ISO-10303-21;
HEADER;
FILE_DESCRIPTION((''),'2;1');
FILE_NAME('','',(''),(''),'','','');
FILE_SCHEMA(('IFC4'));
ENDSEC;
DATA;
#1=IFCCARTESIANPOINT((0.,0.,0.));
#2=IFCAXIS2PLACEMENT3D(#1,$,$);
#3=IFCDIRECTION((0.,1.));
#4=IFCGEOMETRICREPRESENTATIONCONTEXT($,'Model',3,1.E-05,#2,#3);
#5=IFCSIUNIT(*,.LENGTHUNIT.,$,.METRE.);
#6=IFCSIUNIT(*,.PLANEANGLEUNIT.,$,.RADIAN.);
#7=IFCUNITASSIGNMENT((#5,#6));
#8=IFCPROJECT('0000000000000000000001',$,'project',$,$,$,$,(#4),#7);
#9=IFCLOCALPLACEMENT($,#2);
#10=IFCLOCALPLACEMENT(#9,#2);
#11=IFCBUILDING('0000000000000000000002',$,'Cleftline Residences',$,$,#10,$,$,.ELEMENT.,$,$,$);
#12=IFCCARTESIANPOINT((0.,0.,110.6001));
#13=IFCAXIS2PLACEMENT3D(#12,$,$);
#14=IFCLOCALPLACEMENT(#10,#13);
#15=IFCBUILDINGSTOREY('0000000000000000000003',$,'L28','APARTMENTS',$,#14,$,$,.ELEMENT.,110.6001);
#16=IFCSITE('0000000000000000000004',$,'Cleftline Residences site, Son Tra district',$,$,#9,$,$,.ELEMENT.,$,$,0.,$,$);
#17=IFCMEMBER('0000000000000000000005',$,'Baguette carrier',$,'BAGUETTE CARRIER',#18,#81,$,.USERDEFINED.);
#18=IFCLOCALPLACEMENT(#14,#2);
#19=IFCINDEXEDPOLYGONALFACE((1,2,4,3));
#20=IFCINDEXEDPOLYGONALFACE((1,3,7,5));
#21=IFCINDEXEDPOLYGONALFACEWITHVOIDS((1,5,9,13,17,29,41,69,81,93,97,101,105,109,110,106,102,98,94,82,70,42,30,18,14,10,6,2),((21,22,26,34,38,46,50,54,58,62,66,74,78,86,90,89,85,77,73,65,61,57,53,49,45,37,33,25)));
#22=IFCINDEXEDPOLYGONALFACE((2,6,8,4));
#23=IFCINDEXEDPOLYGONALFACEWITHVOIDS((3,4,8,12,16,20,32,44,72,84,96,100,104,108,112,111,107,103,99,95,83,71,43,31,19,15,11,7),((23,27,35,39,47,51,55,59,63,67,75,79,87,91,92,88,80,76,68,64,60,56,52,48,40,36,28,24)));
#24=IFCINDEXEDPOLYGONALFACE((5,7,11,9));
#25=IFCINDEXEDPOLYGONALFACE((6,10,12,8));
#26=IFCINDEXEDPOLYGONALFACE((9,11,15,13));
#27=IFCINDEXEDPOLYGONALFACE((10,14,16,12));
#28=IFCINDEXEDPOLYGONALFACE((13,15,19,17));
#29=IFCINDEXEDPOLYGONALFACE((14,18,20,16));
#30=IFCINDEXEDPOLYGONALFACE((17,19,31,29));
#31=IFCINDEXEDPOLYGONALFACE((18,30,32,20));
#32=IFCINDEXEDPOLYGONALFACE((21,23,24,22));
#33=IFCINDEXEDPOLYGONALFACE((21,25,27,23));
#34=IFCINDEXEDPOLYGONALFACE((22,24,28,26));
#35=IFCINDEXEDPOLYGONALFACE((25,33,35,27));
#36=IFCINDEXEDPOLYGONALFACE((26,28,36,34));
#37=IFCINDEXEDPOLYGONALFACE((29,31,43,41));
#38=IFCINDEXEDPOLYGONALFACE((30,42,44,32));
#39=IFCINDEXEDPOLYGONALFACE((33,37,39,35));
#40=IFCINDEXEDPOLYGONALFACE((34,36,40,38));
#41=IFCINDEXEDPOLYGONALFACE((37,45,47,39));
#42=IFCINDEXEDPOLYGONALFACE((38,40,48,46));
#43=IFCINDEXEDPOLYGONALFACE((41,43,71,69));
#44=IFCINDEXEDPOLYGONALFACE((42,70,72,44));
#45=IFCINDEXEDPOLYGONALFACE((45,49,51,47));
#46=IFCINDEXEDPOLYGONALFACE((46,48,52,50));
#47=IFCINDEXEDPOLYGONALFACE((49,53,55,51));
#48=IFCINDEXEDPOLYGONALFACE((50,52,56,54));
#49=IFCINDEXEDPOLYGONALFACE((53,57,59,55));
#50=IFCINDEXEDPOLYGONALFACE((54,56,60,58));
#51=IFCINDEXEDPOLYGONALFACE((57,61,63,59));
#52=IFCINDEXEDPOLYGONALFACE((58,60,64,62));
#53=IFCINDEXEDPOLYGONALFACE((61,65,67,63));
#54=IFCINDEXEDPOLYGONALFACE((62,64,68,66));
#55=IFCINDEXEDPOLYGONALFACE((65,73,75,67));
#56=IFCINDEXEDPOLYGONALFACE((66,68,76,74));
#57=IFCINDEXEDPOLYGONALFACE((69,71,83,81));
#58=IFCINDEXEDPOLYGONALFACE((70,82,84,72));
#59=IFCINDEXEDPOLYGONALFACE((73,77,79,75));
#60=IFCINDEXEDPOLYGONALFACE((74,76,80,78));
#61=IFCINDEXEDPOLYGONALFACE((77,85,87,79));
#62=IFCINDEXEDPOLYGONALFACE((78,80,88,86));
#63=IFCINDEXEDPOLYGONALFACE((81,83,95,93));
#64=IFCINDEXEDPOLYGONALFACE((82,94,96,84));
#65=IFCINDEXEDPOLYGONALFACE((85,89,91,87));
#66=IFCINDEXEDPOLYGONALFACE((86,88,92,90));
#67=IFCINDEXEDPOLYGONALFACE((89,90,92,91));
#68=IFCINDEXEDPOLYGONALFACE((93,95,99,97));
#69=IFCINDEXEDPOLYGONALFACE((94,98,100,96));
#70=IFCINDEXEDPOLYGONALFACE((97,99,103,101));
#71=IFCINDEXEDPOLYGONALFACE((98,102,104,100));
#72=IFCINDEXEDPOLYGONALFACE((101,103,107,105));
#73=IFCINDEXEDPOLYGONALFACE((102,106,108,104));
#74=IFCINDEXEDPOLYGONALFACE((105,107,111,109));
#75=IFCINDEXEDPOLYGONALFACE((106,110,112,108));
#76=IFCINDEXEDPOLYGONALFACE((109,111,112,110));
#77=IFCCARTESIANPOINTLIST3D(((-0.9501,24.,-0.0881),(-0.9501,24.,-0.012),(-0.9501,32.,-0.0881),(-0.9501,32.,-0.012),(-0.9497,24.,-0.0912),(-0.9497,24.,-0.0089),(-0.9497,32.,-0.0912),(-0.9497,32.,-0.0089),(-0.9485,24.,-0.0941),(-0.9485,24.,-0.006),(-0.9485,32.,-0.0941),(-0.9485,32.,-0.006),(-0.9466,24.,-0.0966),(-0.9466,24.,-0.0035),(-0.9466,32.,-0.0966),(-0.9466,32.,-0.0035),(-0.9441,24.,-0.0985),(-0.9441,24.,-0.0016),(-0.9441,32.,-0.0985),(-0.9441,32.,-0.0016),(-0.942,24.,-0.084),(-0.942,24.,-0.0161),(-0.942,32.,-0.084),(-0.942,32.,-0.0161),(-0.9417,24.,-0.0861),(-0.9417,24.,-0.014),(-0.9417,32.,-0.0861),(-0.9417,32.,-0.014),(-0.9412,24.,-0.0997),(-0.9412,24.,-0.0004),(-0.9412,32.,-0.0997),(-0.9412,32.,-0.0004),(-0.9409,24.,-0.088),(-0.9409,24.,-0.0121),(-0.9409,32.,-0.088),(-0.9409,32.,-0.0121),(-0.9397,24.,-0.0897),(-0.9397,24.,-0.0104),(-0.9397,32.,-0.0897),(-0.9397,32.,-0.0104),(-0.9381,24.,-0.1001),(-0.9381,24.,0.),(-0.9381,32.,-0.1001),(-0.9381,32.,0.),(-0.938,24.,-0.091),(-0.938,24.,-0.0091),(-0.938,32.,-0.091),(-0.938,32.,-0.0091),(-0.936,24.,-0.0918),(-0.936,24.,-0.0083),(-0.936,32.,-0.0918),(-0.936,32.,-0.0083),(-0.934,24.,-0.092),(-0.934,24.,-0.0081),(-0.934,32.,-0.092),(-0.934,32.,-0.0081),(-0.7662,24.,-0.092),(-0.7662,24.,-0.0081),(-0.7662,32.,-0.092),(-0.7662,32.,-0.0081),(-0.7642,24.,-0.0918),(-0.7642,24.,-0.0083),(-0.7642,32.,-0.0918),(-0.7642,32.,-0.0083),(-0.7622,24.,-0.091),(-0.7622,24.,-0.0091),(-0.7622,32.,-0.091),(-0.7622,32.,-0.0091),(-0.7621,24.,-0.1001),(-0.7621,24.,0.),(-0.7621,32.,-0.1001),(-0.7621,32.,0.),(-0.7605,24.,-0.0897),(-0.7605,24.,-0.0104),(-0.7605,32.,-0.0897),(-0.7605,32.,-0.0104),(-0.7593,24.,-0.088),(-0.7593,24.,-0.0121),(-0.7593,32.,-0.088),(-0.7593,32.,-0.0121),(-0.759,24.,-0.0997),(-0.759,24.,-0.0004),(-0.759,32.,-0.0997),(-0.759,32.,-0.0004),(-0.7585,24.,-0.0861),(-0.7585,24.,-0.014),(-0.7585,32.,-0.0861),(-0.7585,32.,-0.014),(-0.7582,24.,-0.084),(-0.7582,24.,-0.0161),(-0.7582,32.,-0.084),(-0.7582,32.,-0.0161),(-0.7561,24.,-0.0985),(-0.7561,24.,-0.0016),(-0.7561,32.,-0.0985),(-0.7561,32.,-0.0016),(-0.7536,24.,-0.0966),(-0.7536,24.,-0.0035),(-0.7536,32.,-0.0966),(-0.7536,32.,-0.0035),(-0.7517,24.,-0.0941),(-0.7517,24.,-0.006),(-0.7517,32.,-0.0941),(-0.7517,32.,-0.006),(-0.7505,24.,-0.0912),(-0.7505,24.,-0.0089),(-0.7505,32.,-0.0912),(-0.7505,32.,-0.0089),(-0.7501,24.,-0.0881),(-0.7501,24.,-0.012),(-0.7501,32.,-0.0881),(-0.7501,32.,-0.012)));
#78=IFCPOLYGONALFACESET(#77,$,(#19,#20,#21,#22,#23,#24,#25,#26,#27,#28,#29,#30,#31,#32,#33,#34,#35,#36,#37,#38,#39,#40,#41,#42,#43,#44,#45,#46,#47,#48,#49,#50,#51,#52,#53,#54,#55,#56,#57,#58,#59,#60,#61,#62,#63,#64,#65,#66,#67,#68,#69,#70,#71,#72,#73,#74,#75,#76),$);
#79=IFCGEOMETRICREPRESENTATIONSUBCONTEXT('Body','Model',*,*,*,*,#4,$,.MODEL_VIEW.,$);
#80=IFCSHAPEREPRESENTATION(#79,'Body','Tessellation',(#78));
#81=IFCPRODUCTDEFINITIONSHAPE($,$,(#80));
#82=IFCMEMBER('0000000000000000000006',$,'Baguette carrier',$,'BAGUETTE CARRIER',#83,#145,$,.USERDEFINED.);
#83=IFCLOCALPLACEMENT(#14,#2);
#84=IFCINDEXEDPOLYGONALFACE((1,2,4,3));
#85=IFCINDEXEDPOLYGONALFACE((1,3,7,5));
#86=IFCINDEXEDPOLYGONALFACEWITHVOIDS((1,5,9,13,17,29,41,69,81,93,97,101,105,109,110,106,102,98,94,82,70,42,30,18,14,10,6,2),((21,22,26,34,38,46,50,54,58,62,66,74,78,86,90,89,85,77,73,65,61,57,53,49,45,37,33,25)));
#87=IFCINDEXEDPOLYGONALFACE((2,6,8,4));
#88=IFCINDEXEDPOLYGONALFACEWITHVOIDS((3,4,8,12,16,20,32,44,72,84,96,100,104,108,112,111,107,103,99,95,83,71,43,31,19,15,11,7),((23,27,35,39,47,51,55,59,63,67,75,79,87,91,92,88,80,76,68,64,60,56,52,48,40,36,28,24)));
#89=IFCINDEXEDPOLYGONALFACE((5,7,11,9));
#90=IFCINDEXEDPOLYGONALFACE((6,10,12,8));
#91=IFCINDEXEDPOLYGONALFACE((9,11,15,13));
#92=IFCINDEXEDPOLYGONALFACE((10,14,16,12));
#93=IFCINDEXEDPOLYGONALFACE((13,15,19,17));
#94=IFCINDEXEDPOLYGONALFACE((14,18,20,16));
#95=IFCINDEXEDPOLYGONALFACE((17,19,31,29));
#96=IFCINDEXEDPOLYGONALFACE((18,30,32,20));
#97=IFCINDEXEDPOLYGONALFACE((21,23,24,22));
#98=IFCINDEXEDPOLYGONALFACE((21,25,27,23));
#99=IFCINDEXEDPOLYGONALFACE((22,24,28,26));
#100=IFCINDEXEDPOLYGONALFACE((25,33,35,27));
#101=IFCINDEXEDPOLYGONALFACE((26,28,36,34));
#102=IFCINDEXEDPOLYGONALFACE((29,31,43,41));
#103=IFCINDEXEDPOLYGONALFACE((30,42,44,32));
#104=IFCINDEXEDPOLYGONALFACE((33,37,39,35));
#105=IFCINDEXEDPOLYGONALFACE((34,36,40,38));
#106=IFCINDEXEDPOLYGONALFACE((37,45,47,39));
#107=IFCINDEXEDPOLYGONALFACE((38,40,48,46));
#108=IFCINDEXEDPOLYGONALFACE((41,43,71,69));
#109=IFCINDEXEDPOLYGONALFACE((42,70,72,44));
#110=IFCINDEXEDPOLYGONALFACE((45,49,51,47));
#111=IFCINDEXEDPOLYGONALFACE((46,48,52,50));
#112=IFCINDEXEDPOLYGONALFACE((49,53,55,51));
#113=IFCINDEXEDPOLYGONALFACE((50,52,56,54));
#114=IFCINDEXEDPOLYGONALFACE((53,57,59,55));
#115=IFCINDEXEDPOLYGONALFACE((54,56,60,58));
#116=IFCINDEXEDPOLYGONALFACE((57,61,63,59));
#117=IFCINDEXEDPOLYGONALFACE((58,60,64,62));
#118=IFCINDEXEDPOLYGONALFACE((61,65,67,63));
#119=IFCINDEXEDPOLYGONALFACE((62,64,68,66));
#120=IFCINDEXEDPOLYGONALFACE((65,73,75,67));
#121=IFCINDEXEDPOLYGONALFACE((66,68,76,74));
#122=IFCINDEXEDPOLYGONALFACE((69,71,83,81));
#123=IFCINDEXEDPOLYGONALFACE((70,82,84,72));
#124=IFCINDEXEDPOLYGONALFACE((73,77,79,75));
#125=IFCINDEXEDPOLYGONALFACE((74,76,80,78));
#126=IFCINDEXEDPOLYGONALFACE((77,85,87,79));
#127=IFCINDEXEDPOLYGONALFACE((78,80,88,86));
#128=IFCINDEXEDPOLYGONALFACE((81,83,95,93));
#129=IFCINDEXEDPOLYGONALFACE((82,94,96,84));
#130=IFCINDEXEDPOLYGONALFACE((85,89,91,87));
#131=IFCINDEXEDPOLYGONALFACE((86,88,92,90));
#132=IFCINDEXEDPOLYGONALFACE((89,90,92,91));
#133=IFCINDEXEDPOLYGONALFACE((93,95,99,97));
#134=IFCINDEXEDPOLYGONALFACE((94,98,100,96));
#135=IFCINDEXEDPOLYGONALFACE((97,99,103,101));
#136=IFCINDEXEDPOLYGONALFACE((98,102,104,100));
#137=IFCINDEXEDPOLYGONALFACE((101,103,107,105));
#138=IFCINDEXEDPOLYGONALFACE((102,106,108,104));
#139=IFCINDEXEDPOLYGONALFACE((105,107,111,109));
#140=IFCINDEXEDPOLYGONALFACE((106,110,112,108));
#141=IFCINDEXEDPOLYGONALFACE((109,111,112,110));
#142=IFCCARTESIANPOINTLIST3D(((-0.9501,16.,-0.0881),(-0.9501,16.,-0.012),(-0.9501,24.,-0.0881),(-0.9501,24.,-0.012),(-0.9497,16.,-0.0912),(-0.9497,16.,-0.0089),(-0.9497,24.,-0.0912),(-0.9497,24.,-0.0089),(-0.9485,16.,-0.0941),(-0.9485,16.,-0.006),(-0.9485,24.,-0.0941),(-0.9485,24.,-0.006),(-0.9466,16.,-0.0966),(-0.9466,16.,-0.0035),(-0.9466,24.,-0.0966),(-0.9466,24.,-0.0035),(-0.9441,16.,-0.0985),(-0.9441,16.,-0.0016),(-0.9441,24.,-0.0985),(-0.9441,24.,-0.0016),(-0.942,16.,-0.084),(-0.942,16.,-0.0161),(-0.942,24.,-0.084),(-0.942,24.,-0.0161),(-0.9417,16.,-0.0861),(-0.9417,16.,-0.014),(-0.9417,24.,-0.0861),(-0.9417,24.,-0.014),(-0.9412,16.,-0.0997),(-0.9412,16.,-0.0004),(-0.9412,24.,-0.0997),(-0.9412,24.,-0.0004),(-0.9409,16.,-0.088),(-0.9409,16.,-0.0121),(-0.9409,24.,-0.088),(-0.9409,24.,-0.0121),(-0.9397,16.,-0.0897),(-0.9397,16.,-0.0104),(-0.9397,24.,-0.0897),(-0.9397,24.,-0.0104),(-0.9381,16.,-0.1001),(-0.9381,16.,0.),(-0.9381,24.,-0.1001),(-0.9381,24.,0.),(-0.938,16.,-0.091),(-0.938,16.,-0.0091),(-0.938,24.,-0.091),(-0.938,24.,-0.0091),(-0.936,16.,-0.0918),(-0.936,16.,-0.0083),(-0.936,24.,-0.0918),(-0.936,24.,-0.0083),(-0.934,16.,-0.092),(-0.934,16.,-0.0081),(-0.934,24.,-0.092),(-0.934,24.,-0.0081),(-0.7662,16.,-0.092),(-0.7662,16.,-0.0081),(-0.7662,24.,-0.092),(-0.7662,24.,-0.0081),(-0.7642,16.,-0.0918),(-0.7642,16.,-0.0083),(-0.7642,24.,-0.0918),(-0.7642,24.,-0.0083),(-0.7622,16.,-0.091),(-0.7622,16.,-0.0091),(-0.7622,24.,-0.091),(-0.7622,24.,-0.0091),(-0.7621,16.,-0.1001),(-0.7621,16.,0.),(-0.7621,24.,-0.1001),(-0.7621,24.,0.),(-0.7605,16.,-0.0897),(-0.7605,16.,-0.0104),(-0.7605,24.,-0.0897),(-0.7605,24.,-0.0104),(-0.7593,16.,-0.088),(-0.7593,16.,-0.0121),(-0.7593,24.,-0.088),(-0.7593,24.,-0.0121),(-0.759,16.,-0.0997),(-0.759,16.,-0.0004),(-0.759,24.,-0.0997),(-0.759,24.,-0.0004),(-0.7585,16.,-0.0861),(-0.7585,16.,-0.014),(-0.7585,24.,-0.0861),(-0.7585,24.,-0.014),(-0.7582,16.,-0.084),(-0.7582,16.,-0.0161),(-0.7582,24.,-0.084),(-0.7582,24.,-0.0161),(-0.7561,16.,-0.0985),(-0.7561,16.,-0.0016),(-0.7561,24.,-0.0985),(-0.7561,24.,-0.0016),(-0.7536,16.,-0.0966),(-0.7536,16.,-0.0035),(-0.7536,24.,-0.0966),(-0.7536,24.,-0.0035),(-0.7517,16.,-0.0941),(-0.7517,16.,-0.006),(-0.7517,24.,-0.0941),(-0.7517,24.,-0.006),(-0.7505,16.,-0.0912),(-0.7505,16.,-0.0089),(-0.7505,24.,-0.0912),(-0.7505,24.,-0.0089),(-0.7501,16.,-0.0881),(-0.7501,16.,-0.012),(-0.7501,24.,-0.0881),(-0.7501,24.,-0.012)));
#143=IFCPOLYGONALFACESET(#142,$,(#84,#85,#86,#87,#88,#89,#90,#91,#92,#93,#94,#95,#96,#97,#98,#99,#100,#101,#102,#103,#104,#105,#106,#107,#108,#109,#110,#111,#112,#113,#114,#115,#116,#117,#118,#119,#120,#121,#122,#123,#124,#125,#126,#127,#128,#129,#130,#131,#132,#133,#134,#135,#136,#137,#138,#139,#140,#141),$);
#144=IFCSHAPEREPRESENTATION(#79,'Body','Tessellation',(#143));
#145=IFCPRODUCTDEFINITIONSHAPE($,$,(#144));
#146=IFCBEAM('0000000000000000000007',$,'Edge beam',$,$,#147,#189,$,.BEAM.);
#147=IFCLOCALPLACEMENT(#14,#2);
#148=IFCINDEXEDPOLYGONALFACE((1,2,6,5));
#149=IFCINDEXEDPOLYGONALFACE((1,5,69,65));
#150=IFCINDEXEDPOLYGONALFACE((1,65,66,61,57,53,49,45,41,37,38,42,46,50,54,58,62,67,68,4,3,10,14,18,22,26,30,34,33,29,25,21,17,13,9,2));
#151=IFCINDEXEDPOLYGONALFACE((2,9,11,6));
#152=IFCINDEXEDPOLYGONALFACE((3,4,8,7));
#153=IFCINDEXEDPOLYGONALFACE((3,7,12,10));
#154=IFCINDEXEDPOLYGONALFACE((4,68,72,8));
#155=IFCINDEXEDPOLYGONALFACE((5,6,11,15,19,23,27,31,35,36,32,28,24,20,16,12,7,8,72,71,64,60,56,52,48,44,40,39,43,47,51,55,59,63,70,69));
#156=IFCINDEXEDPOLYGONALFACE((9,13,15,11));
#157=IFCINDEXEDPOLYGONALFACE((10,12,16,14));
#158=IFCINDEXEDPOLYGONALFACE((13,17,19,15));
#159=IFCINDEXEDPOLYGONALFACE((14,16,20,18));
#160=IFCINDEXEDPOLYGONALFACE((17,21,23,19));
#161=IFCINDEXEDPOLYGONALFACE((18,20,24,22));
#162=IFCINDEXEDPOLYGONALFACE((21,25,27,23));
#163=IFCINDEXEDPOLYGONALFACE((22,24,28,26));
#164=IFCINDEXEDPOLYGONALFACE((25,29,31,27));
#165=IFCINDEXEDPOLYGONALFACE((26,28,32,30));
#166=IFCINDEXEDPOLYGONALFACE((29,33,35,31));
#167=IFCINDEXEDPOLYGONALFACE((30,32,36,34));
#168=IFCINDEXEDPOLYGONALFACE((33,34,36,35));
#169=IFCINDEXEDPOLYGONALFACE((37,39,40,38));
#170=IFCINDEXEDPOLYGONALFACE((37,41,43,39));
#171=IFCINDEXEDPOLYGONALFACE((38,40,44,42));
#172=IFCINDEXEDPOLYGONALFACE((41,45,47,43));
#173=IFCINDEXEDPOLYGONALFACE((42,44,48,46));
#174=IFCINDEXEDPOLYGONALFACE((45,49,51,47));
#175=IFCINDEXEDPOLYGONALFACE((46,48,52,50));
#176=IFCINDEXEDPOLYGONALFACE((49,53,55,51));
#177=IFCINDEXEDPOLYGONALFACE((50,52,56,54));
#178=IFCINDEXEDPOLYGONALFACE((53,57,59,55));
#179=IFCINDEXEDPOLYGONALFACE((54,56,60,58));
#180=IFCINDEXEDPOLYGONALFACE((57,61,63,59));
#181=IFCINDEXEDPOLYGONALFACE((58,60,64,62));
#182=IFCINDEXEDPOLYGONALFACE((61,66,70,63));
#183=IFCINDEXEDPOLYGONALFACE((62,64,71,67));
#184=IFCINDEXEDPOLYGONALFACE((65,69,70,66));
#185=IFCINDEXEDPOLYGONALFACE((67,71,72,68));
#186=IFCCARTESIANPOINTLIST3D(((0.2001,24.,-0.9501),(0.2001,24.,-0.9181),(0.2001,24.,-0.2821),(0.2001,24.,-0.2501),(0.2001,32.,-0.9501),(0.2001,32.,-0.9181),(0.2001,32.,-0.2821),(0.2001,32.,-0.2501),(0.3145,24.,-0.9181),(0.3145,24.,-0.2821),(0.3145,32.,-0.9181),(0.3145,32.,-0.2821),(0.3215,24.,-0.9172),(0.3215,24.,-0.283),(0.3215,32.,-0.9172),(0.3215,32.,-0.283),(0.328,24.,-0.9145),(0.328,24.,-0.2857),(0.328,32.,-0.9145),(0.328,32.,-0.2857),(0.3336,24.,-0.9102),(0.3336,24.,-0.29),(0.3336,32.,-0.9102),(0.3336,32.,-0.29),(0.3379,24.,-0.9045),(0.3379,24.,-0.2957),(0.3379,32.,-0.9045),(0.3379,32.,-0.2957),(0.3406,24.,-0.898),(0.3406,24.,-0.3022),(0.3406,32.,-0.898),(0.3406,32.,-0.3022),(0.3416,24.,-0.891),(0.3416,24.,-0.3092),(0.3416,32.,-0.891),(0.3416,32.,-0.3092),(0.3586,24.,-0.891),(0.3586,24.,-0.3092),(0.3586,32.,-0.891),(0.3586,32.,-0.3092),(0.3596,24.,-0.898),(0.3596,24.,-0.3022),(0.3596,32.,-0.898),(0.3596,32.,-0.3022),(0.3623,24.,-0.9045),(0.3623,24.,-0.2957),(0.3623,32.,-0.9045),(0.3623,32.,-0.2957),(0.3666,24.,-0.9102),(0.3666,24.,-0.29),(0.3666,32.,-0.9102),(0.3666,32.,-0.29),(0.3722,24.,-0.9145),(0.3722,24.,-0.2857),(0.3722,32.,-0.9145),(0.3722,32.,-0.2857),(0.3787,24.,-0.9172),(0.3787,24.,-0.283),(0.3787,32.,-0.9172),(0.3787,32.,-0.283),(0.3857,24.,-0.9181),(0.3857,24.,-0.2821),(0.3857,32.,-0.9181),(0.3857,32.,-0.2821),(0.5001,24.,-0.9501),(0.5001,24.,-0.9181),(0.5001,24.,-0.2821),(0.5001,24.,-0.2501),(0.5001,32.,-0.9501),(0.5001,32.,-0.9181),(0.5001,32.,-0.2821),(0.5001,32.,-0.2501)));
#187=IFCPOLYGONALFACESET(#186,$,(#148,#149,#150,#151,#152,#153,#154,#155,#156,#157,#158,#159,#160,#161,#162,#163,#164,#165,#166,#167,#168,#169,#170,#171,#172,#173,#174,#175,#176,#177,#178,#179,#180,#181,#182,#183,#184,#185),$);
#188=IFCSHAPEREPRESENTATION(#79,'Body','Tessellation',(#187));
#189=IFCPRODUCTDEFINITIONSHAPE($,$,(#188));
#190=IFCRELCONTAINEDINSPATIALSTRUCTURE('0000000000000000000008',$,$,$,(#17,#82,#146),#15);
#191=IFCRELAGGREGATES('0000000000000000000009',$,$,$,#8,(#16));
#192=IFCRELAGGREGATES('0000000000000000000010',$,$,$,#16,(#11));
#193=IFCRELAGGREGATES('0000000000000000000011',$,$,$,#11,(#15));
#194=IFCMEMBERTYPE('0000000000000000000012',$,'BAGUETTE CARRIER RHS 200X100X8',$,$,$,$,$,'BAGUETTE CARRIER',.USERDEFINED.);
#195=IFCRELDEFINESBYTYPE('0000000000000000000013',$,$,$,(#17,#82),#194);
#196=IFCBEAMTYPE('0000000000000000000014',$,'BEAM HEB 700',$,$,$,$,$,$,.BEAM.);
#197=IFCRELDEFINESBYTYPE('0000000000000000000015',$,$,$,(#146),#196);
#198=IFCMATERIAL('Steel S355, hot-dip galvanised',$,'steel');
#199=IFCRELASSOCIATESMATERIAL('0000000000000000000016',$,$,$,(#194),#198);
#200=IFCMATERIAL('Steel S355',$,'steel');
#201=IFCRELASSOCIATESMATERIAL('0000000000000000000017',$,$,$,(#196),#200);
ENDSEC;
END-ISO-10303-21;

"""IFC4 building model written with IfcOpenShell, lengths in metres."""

from ifc_helpers import new_model, si_unit, direction, frame, origin, origin_2d, place, context, subcontext, project, spatial, hollow_rectangle, i_section, extrude, material, material_profile, profile_set, type_object, element, save


model = new_model("IFC4")

# Units and contexts
model_context = context("Model", 3, precision=1e-05, world=origin(), true_north=direction((0.0, 1.0)))
body_context = subcontext(model_context, "Body", "Model", "MODEL_VIEW")
ifc_project = project(units=[si_unit("LENGTHUNIT", "METRE"), si_unit("PLANEANGLEUNIT", "RADIAN")], contexts=[model_context])

# Site, building, storey
site_placement = place(None, origin())
site = spatial("IfcSite", under=ifc_project, at=site_placement, Name="Cleftline Residences site, Son Tra district", CompositionType="ELEMENT", RefElevation=0.0)
building_placement = place(site_placement, origin())
building = spatial("IfcBuilding", under=site, at=building_placement, Name="Cleftline Residences", CompositionType="ELEMENT")
storey_placement = place(building_placement, frame((0.0, 0.0, 110.6001)))
storey = spatial("IfcBuildingStorey", under=building, at=storey_placement, Name="L28", Description="APARTMENTS", CompositionType="ELEMENT", Elevation=110.6001)

# Members
ifc_material_1 = material(Name="Steel S355, hot-dip galvanised", Category="steel")
ifc_material_profile_1 = material_profile(ifc_material_1, hollow_rectangle(XDim=0.1001, YDim=0.2, WallThickness=0.0081, InnerFilletRadius=0.0081, OuterFilletRadius=0.012, at=origin_2d()))
ifc_profile_set_1 = profile_set([ifc_material_profile_1], Name="Steel S355, hot-dip galvanised")
member_type_1 = type_object("IfcMemberType", Name="BAGUETTE CARRIER RHS 200X100X8", ElementType="BAGUETTE CARRIER", PredefinedType="USERDEFINED", material=ifc_profile_set_1)
for number, where, z_axis, x_axis, name in (
    (1, (-0.8501, 32.0, -0.05), (0.0, -1.0, 0.0), (0.0, 0.0, 1.0), "Baguette carrier"),
    (2, (-0.8501, 24.0, -0.05), (0.0, -1.0, 0.0), (0.0, 0.0, 1.0), "Baguette carrier"),
):
    element("IfcMember", number, at=place(storey_placement, frame(where, z_axis=z_axis, x_axis=x_axis)), inside=storey, type_object=member_type_1, Name=name, ObjectType="BAGUETTE CARRIER", PredefinedType="USERDEFINED", context=body_context, shape_type="SweptSolid", body=[
        extrude(hollow_rectangle(XDim=0.1001, YDim=0.2, WallThickness=0.0081, InnerFilletRadius=0.0081, OuterFilletRadius=0.012, at=origin_2d()), origin(), (0.0, 0.0, 1.0), 8.0),
    ])

# Beam
ifc_material_2 = material(Name="Steel S355", Category="steel")
ifc_material_profile_2 = material_profile(ifc_material_2, i_section(OverallWidth=0.3, OverallDepth=0.7, WebThickness=0.0171, FlangeThickness=0.032, FilletRadius=0.0271, at=origin_2d()))
ifc_profile_set_2 = profile_set([ifc_material_profile_2], Name="Steel S355")
beam_type_1 = type_object("IfcBeamType", Name="BEAM HEB 700", PredefinedType="BEAM", material=ifc_profile_set_2)
for number, where, z_axis, x_axis, name in (
    (3, (0.3501, 24.0, -0.6001), (0.0, 1.0, 0.0), (-1.0, 0.0, 0.0), "Edge beam"),
):
    element("IfcBeam", number, at=place(storey_placement, frame(where, z_axis=z_axis, x_axis=x_axis)), inside=storey, type_object=beam_type_1, Name=name, PredefinedType="BEAM", context=body_context, shape_type="SweptSolid", body=[
        extrude(i_section(OverallWidth=0.3, OverallDepth=0.7, WebThickness=0.0171, FlangeThickness=0.032, FilletRadius=0.0271, at=origin_2d()), origin(), (0.0, 0.0, 1.0), 8.0),
    ])

save(model, "model.ifc")
